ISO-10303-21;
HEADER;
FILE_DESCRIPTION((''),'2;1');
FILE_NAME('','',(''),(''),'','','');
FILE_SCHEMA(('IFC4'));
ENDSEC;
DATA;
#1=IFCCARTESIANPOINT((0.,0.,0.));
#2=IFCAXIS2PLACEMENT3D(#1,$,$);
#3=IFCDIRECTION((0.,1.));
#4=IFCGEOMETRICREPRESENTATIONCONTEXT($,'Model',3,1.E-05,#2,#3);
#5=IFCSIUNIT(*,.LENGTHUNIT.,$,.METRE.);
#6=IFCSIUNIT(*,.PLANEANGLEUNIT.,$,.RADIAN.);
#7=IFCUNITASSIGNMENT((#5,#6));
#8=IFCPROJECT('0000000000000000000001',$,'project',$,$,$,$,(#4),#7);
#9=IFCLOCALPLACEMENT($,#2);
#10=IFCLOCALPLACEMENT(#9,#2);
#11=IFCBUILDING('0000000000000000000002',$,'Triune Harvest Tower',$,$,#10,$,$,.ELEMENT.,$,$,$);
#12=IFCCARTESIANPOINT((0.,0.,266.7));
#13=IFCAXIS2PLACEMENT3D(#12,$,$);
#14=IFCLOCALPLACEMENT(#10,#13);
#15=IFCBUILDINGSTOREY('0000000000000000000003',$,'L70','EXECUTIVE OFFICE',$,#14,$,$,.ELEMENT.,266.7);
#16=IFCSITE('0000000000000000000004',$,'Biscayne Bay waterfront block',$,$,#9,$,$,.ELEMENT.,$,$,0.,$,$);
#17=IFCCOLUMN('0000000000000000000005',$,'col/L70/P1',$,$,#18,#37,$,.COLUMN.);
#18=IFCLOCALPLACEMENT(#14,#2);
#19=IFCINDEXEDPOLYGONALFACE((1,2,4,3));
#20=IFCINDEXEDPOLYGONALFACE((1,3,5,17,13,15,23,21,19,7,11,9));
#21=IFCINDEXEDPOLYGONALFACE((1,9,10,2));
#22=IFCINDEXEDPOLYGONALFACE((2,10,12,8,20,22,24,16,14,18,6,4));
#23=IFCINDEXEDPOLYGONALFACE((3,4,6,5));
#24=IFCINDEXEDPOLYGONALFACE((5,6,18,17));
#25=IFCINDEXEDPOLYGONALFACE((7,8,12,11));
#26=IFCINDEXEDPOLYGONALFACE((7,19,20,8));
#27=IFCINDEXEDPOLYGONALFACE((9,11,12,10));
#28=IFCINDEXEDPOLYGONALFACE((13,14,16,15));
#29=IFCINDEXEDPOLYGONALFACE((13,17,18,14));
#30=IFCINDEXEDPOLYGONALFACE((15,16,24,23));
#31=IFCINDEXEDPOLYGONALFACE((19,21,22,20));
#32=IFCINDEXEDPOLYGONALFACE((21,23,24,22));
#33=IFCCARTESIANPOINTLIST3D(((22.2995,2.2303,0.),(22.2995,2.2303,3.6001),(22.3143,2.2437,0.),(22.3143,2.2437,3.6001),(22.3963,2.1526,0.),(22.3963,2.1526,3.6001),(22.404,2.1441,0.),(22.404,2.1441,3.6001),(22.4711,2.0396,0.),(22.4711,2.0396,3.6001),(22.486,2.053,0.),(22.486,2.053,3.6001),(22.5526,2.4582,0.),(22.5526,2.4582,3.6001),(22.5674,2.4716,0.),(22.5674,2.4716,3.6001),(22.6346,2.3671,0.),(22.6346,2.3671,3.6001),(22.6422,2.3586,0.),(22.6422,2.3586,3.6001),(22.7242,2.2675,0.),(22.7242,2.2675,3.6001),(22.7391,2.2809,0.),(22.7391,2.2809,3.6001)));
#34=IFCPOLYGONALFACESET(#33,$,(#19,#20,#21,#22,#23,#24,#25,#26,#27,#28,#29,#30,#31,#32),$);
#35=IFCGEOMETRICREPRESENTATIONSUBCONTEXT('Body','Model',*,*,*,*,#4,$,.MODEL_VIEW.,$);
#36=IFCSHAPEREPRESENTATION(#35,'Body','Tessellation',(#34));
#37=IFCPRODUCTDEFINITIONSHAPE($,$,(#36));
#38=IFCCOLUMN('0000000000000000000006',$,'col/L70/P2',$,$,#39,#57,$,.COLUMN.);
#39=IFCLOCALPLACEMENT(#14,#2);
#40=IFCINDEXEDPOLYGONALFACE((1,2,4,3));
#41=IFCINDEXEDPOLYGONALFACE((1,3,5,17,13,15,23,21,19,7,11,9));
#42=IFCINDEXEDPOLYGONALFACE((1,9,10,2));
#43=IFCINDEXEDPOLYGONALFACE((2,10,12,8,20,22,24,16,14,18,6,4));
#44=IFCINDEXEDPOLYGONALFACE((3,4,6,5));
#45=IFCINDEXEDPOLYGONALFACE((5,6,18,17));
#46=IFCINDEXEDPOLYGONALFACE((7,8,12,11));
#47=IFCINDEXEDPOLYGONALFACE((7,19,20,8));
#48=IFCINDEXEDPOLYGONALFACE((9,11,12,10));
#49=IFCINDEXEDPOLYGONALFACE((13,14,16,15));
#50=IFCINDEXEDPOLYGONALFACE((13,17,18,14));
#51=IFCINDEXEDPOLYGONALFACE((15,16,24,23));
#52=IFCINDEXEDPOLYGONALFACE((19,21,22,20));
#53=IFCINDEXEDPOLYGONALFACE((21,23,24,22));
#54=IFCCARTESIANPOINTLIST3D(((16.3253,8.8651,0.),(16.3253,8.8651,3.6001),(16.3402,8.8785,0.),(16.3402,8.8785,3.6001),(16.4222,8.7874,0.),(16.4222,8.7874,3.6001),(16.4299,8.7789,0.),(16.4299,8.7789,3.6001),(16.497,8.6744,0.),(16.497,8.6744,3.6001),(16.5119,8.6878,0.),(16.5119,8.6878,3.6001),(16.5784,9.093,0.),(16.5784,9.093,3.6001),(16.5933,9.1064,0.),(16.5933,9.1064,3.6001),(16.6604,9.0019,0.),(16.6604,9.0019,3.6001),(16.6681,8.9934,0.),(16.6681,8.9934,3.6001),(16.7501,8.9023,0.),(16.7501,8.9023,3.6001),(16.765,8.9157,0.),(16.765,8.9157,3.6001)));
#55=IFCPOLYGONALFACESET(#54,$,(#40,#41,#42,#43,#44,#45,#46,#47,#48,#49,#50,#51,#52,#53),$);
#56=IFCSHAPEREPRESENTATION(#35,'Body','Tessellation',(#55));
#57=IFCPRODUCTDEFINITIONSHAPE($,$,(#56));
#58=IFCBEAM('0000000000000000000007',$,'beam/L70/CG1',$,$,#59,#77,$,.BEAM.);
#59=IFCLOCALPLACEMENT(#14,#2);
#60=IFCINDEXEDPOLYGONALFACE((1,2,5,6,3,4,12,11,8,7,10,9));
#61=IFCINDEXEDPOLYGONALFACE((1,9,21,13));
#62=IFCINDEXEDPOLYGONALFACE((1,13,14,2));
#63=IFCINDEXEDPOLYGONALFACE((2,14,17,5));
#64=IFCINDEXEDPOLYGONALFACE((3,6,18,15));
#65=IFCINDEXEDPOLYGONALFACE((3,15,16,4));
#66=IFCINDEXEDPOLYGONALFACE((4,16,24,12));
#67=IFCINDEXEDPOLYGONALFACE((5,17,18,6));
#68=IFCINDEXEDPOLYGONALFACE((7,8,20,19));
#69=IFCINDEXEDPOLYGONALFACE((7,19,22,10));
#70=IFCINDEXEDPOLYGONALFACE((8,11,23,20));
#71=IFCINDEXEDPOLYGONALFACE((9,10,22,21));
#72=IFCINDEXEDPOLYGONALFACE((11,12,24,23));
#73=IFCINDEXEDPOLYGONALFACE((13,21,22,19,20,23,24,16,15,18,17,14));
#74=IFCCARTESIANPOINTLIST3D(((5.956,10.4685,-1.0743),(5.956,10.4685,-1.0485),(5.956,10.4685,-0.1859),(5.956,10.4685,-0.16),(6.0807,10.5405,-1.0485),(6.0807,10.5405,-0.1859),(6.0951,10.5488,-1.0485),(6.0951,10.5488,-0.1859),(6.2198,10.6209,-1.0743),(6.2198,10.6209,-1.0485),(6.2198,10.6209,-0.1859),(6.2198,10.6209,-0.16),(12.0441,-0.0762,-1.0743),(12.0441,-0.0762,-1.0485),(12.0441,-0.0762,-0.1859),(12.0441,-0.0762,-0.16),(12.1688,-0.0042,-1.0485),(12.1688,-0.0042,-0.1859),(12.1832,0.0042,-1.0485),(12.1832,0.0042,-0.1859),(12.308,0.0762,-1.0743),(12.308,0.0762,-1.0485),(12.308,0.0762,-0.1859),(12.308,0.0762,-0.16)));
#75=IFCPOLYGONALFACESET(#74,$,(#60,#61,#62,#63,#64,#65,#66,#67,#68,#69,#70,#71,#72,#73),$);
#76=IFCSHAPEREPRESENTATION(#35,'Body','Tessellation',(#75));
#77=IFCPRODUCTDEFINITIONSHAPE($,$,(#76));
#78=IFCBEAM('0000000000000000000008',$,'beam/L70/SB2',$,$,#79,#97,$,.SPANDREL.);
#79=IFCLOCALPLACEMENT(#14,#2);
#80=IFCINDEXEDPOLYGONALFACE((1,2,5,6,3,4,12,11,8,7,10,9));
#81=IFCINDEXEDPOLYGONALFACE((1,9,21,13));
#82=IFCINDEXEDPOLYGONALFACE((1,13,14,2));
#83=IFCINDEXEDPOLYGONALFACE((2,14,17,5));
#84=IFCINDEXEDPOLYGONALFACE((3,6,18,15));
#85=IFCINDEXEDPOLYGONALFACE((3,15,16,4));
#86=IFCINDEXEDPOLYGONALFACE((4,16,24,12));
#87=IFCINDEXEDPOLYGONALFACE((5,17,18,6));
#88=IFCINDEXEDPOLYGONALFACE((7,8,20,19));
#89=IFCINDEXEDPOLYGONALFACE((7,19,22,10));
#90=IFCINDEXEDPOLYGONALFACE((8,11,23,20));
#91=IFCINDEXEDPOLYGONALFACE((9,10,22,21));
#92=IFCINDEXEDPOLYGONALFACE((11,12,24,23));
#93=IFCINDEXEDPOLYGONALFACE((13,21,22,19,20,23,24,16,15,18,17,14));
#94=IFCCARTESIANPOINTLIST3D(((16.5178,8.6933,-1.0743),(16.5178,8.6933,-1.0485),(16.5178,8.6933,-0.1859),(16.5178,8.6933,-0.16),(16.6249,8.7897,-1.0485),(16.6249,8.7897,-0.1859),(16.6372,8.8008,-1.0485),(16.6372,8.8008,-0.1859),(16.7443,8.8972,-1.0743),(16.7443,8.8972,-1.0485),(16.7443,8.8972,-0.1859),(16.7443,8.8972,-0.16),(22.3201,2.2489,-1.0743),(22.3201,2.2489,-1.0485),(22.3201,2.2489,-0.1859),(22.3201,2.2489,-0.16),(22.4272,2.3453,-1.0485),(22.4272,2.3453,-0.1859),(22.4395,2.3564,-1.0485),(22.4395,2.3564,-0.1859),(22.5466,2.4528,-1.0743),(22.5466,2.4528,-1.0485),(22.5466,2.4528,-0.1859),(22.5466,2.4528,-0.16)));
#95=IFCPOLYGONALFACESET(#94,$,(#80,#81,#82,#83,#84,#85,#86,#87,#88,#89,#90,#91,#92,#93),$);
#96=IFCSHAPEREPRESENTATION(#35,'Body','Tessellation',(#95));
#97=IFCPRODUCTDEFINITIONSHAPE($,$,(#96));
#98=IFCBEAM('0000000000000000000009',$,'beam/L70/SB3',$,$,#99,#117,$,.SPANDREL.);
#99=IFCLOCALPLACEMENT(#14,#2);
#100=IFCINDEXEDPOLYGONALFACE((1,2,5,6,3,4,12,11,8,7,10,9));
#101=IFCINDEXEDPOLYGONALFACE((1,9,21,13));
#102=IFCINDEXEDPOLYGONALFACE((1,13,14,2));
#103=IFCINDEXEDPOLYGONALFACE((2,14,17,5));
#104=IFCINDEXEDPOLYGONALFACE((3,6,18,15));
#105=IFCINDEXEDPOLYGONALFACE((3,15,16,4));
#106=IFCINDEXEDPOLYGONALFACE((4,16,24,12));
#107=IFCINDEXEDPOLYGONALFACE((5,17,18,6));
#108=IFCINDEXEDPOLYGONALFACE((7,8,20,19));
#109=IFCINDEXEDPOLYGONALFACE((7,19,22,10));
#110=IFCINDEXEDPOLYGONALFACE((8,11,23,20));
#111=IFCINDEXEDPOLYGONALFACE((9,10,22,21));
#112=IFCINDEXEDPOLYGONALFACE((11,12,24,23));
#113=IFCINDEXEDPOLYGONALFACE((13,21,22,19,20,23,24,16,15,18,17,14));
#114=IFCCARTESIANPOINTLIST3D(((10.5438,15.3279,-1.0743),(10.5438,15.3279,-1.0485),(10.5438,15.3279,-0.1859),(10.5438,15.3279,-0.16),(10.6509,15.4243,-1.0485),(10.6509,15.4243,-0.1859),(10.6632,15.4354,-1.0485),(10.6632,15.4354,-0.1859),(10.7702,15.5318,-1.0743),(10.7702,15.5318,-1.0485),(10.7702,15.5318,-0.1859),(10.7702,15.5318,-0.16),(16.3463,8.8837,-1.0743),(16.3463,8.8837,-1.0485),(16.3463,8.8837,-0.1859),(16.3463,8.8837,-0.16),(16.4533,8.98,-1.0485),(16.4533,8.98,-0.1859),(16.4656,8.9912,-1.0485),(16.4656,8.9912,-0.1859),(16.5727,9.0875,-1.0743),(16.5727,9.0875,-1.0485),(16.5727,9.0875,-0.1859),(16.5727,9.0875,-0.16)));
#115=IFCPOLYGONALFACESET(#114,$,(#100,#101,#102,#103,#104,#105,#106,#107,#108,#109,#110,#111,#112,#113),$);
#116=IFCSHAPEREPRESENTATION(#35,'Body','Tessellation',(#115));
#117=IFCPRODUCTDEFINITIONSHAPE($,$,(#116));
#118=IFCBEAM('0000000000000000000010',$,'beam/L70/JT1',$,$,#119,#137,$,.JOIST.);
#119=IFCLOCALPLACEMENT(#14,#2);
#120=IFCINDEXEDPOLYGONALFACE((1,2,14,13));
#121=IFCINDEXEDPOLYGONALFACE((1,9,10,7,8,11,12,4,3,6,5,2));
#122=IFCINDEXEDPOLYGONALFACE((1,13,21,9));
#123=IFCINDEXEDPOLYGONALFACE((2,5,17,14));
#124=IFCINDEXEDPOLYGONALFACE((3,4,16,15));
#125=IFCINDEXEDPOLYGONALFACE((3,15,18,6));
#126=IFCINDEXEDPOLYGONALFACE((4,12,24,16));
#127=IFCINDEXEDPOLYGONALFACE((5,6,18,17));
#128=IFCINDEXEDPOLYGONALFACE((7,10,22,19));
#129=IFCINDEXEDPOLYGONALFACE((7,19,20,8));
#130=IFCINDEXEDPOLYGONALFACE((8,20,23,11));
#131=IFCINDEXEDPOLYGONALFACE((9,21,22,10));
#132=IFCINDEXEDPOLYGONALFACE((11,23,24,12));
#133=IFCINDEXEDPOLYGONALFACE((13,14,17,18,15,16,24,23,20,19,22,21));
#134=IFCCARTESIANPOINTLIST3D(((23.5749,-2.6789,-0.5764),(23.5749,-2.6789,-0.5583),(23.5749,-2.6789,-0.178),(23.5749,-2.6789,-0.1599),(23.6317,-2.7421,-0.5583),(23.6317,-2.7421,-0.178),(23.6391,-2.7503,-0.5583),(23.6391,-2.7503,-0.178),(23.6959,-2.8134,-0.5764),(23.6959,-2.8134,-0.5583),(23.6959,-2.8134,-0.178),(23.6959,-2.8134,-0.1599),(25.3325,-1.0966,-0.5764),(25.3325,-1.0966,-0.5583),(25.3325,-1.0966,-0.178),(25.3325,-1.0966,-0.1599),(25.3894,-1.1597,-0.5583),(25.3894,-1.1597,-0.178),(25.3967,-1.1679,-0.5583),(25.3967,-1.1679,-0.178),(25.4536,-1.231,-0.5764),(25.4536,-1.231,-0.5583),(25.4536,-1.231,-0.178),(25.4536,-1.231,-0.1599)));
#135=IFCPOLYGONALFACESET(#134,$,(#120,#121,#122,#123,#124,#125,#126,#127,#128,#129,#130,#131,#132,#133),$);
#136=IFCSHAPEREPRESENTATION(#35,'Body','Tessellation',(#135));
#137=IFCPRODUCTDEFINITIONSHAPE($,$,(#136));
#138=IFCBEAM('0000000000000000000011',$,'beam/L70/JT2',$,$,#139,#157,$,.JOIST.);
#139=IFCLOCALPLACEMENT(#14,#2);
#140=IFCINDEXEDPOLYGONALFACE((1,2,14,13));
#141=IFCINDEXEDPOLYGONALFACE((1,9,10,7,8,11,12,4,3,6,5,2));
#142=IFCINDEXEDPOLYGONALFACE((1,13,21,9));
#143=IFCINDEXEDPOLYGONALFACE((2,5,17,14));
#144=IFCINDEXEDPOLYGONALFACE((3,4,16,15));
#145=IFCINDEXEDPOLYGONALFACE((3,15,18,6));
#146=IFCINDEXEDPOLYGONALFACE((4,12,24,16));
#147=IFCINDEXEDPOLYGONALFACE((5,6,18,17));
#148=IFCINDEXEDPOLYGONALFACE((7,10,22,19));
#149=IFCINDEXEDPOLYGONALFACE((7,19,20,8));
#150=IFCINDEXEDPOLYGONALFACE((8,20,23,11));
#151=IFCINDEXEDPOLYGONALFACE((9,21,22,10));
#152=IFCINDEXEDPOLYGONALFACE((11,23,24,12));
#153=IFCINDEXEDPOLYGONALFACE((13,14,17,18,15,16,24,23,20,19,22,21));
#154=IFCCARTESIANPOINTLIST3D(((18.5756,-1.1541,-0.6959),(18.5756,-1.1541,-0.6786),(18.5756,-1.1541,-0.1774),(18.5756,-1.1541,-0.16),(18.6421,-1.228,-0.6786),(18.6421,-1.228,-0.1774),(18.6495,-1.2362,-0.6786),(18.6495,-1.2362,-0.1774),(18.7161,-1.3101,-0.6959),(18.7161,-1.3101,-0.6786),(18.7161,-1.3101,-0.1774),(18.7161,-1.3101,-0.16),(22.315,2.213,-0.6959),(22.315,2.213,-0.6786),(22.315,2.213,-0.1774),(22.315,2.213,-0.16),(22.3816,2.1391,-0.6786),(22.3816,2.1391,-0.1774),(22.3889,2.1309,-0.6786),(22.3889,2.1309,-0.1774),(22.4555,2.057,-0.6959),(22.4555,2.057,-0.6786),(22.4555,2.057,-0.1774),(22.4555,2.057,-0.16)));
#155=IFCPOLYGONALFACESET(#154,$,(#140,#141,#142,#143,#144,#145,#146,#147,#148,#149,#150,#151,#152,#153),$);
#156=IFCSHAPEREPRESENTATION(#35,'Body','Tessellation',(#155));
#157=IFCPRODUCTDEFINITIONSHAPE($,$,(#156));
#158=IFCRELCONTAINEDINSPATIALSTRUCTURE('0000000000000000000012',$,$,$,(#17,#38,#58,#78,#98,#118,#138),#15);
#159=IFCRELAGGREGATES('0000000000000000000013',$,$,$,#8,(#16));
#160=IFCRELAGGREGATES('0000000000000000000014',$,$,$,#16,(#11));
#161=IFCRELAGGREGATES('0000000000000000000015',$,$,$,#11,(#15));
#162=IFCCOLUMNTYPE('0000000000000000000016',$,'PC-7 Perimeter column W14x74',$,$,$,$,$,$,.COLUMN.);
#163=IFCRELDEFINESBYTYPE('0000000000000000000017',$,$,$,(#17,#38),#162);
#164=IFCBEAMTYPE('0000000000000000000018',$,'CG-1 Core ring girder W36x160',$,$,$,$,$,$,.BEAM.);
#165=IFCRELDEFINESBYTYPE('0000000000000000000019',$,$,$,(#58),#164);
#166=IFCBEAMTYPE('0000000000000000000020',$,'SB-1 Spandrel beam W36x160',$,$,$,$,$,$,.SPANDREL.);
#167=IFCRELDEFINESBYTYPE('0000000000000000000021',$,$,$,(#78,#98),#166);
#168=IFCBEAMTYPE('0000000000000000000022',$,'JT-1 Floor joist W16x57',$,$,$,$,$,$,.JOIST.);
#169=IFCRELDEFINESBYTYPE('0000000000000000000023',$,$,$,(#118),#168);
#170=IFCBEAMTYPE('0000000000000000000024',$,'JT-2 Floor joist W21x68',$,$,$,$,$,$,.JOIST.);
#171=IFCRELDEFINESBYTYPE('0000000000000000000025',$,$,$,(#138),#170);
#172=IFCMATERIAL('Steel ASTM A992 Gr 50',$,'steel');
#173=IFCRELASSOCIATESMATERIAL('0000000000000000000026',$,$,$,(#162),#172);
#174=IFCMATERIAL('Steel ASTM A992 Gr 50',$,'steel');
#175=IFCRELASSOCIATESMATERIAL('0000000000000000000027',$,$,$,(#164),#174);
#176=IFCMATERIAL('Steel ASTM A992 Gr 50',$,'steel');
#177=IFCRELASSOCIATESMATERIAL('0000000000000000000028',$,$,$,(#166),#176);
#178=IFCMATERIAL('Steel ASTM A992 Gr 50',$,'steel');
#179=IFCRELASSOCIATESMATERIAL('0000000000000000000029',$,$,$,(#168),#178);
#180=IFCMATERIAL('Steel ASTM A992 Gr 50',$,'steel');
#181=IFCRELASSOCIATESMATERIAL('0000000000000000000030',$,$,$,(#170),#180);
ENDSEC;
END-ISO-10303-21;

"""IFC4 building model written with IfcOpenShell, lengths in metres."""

from ifc_helpers import new_model, si_unit, direction, frame, origin, origin_2d, place, context, subcontext, project, spatial, i_section, extrude, source, transform, mapped, material, material_profile, profile_set, type_object, element, save


model = new_model("IFC4")

# Units and contexts
model_context = context("Model", 3, precision=1e-05, world=origin(), true_north=direction((0.0, 1.0)))
body_context = subcontext(model_context, "Body", "Model", "MODEL_VIEW")
ifc_project = project(units=[si_unit("LENGTHUNIT", "METRE"), si_unit("PLANEANGLEUNIT", "RADIAN")], contexts=[model_context])

# Site, building, storey
site_placement = place(None, origin())
site = spatial("IfcSite", under=ifc_project, at=site_placement, Name="Biscayne Bay waterfront block", CompositionType="ELEMENT", RefElevation=0.0)
building_placement = place(site_placement, origin())
building = spatial("IfcBuilding", under=site, at=building_placement, Name="Triune Harvest Tower", CompositionType="ELEMENT")
storey_placement = place(building_placement, frame((0.0, 0.0, 266.7)))
storey = spatial("IfcBuildingStorey", under=building, at=storey_placement, Name="L70", Description="EXECUTIVE OFFICE", CompositionType="ELEMENT", Elevation=266.7)

# Columns
ifc_material_1 = material(Name="Steel ASTM A992 Gr 50", Category="steel")
ifc_material_profile_1 = material_profile(ifc_material_1, i_section(OverallWidth=0.2566, OverallDepth=0.3606, WebThickness=0.0115, FlangeThickness=0.02, at=origin_2d()), Name="W14x74")
ifc_profile_set_1 = profile_set([ifc_material_profile_1], Name="Steel ASTM A992 Gr 50")
column_type = type_object("IfcColumnType", Name="PC-7 Perimeter column W14x74", PredefinedType="COLUMN", material=ifc_profile_set_1)
shared_shape_1 = source(origin(), body_context, "Body", "SweptSolid", [
    extrude(i_section(OverallWidth=0.2566, OverallDepth=0.3606, WebThickness=0.0115, FlangeThickness=0.02, at=origin_2d()), origin(), (0.0, 0.0, 1.0), 3.6001),
])
for number, where, z_axis, x_axis, name in (
    (1, (22.5193, 2.2556, 0.0), (0.0, 0.0, 1.0), (-0.669131, 0.743145, 0.0), "col/L70/P1"),
    (2, (16.5452, 8.8904, 0.0), (0.0, 0.0, 1.0), (-0.669131, 0.743145, 0.0), "col/L70/P2"),
):
    element("IfcColumn", number, at=place(storey_placement, frame(where, z_axis=z_axis, x_axis=x_axis)), inside=storey, type_object=column_type, Name=name, PredefinedType="COLUMN", context=body_context, shape_type="MappedRepresentation", body=[
        mapped(shared_shape_1, transform((0.0, 0.0, 0.0), scale=1.0)),
    ])

# Beams
ifc_material_2 = material(Name="Steel ASTM A992 Gr 50", Category="steel")
ifc_material_profile_2 = material_profile(ifc_material_2, i_section(OverallWidth=0.3047, OverallDepth=0.9143, WebThickness=0.0166, FlangeThickness=0.0259, at=origin_2d()), Name="W36x160")
ifc_profile_set_2 = profile_set([ifc_material_profile_2], Name="Steel ASTM A992 Gr 50")
beam_type_1 = type_object("IfcBeamType", Name="CG-1 Core ring girder W36x160", PredefinedType="BEAM", material=ifc_profile_set_2)
shared_shape_2 = source(origin(), body_context, "Body", "SweptSolid", [
    extrude(i_section(OverallWidth=0.3047, OverallDepth=0.9143, WebThickness=0.0166, FlangeThickness=0.0259, at=origin_2d()), origin(), (0.0, 0.0, 1.0), 12.176),
])
beam_1_placement = place(storey_placement, frame((12.176, 0.0, -0.6172), z_axis=(-0.50001, 0.86602, 0.0), x_axis=(-0.86602, -0.50001, 0.0)))
element("IfcBeam", 3, at=beam_1_placement, inside=storey, type_object=beam_type_1, Name="beam/L70/CG1", PredefinedType="BEAM", context=body_context, shape_type="MappedRepresentation", body=[
    mapped(shared_shape_2, transform((0.0, 0.0, 0.0), scale=1.0)),
])
ifc_material_3 = material(Name="Steel ASTM A992 Gr 50", Category="steel")
ifc_material_profile_3 = material_profile(ifc_material_3, i_section(OverallWidth=0.3047, OverallDepth=0.9143, WebThickness=0.0166, FlangeThickness=0.0259, at=origin_2d()), Name="W36x160")
ifc_profile_set_3 = profile_set([ifc_material_profile_3], Name="Steel ASTM A992 Gr 50")
beam_type_2 = type_object("IfcBeamType", Name="SB-1 Spandrel beam W36x160", PredefinedType="SPANDREL", material=ifc_profile_set_3)
shared_shape_3 = source(origin(), body_context, "Body", "SweptSolid", [
    extrude(i_section(OverallWidth=0.3047, OverallDepth=0.9143, WebThickness=0.0166, FlangeThickness=0.0259, at=origin_2d()), origin(), (0.0, 0.0, 1.0), 8.6716),
])
for number, where, z_axis, x_axis, name in (
    (4, (22.4333, 2.3508, -0.6172), (-0.669114, 0.74316, 0.0), (-0.74316, -0.669114, 0.0), "beam/L70/SB2"),
    (5, (16.4595, 8.9856, -0.6172), (-0.66913, 0.743146, 0.0), (-0.743146, -0.66913, 0.0), "beam/L70/SB3"),
):
    element("IfcBeam", number, at=place(storey_placement, frame(where, z_axis=z_axis, x_axis=x_axis)), inside=storey, type_object=beam_type_2, Name=name, PredefinedType="SPANDREL", context=body_context, shape_type="MappedRepresentation", body=[
        mapped(shared_shape_3, transform((0.0, 0.0, 0.0), scale=1.0)),
    ])
ifc_material_4 = material(Name="Steel ASTM A992 Gr 50", Category="steel")
ifc_material_profile_4 = material_profile(ifc_material_4, i_section(OverallWidth=0.1809, OverallDepth=0.4165, WebThickness=0.011, FlangeThickness=0.0181, at=origin_2d()), Name="W16x57")
ifc_profile_set_4 = profile_set([ifc_material_profile_4], Name="Steel ASTM A992 Gr 50")
beam_type_3 = type_object("IfcBeamType", Name="JT-1 Floor joist W16x57", PredefinedType="JOIST", material=ifc_profile_set_4)
shared_shape_4 = source(origin(), body_context, "Body", "SweptSolid", [
    extrude(i_section(OverallWidth=0.1809, OverallDepth=0.4165, WebThickness=0.011, FlangeThickness=0.0181, at=origin_2d()), origin(), (0.0, 0.0, 1.0), 2.365),
])
beam_2_placement = place(storey_placement, frame((25.3931, -1.1638, -0.3682), z_axis=(-0.743197, -0.669073, 0.0), x_axis=(0.669073, -0.743197, 0.0)))
element("IfcBeam", 6, at=beam_2_placement, inside=storey, type_object=beam_type_3, Name="beam/L70/JT1", PredefinedType="JOIST", context=body_context, shape_type="MappedRepresentation", body=[
    mapped(shared_shape_4, transform((0.0, 0.0, 0.0), scale=1.0)),
])
ifc_material_5 = material(Name="Steel ASTM A992 Gr 50", Category="steel")
ifc_material_profile_5 = material_profile(ifc_material_5, i_section(OverallWidth=0.21, OverallDepth=0.5359, WebThickness=0.011, FlangeThickness=0.0173, at=origin_2d()), Name="W21x68")
ifc_profile_set_5 = profile_set([ifc_material_profile_5], Name="Steel ASTM A992 Gr 50")
beam_type_4 = type_object("IfcBeamType", Name="JT-2 Floor joist W21x68", PredefinedType="JOIST", material=ifc_profile_set_5)
shared_shape_5 = source(origin(), body_context, "Body", "SweptSolid", [
    extrude(i_section(OverallWidth=0.21, OverallDepth=0.5359, WebThickness=0.011, FlangeThickness=0.0173, at=origin_2d()), origin(), (0.0, 0.0, 1.0), 5.032),
])
beam_3_placement = place(storey_placement, frame((22.3853, 2.135, -0.428), z_axis=(-0.743132, -0.669144, 0.0), x_axis=(0.669144, -0.743132, 0.0)))
element("IfcBeam", 7, at=beam_3_placement, inside=storey, type_object=beam_type_4, Name="beam/L70/JT2", PredefinedType="JOIST", context=body_context, shape_type="MappedRepresentation", body=[
    mapped(shared_shape_5, transform((0.0, 0.0, 0.0), scale=1.0)),
])

save(model, "model.ifc")
